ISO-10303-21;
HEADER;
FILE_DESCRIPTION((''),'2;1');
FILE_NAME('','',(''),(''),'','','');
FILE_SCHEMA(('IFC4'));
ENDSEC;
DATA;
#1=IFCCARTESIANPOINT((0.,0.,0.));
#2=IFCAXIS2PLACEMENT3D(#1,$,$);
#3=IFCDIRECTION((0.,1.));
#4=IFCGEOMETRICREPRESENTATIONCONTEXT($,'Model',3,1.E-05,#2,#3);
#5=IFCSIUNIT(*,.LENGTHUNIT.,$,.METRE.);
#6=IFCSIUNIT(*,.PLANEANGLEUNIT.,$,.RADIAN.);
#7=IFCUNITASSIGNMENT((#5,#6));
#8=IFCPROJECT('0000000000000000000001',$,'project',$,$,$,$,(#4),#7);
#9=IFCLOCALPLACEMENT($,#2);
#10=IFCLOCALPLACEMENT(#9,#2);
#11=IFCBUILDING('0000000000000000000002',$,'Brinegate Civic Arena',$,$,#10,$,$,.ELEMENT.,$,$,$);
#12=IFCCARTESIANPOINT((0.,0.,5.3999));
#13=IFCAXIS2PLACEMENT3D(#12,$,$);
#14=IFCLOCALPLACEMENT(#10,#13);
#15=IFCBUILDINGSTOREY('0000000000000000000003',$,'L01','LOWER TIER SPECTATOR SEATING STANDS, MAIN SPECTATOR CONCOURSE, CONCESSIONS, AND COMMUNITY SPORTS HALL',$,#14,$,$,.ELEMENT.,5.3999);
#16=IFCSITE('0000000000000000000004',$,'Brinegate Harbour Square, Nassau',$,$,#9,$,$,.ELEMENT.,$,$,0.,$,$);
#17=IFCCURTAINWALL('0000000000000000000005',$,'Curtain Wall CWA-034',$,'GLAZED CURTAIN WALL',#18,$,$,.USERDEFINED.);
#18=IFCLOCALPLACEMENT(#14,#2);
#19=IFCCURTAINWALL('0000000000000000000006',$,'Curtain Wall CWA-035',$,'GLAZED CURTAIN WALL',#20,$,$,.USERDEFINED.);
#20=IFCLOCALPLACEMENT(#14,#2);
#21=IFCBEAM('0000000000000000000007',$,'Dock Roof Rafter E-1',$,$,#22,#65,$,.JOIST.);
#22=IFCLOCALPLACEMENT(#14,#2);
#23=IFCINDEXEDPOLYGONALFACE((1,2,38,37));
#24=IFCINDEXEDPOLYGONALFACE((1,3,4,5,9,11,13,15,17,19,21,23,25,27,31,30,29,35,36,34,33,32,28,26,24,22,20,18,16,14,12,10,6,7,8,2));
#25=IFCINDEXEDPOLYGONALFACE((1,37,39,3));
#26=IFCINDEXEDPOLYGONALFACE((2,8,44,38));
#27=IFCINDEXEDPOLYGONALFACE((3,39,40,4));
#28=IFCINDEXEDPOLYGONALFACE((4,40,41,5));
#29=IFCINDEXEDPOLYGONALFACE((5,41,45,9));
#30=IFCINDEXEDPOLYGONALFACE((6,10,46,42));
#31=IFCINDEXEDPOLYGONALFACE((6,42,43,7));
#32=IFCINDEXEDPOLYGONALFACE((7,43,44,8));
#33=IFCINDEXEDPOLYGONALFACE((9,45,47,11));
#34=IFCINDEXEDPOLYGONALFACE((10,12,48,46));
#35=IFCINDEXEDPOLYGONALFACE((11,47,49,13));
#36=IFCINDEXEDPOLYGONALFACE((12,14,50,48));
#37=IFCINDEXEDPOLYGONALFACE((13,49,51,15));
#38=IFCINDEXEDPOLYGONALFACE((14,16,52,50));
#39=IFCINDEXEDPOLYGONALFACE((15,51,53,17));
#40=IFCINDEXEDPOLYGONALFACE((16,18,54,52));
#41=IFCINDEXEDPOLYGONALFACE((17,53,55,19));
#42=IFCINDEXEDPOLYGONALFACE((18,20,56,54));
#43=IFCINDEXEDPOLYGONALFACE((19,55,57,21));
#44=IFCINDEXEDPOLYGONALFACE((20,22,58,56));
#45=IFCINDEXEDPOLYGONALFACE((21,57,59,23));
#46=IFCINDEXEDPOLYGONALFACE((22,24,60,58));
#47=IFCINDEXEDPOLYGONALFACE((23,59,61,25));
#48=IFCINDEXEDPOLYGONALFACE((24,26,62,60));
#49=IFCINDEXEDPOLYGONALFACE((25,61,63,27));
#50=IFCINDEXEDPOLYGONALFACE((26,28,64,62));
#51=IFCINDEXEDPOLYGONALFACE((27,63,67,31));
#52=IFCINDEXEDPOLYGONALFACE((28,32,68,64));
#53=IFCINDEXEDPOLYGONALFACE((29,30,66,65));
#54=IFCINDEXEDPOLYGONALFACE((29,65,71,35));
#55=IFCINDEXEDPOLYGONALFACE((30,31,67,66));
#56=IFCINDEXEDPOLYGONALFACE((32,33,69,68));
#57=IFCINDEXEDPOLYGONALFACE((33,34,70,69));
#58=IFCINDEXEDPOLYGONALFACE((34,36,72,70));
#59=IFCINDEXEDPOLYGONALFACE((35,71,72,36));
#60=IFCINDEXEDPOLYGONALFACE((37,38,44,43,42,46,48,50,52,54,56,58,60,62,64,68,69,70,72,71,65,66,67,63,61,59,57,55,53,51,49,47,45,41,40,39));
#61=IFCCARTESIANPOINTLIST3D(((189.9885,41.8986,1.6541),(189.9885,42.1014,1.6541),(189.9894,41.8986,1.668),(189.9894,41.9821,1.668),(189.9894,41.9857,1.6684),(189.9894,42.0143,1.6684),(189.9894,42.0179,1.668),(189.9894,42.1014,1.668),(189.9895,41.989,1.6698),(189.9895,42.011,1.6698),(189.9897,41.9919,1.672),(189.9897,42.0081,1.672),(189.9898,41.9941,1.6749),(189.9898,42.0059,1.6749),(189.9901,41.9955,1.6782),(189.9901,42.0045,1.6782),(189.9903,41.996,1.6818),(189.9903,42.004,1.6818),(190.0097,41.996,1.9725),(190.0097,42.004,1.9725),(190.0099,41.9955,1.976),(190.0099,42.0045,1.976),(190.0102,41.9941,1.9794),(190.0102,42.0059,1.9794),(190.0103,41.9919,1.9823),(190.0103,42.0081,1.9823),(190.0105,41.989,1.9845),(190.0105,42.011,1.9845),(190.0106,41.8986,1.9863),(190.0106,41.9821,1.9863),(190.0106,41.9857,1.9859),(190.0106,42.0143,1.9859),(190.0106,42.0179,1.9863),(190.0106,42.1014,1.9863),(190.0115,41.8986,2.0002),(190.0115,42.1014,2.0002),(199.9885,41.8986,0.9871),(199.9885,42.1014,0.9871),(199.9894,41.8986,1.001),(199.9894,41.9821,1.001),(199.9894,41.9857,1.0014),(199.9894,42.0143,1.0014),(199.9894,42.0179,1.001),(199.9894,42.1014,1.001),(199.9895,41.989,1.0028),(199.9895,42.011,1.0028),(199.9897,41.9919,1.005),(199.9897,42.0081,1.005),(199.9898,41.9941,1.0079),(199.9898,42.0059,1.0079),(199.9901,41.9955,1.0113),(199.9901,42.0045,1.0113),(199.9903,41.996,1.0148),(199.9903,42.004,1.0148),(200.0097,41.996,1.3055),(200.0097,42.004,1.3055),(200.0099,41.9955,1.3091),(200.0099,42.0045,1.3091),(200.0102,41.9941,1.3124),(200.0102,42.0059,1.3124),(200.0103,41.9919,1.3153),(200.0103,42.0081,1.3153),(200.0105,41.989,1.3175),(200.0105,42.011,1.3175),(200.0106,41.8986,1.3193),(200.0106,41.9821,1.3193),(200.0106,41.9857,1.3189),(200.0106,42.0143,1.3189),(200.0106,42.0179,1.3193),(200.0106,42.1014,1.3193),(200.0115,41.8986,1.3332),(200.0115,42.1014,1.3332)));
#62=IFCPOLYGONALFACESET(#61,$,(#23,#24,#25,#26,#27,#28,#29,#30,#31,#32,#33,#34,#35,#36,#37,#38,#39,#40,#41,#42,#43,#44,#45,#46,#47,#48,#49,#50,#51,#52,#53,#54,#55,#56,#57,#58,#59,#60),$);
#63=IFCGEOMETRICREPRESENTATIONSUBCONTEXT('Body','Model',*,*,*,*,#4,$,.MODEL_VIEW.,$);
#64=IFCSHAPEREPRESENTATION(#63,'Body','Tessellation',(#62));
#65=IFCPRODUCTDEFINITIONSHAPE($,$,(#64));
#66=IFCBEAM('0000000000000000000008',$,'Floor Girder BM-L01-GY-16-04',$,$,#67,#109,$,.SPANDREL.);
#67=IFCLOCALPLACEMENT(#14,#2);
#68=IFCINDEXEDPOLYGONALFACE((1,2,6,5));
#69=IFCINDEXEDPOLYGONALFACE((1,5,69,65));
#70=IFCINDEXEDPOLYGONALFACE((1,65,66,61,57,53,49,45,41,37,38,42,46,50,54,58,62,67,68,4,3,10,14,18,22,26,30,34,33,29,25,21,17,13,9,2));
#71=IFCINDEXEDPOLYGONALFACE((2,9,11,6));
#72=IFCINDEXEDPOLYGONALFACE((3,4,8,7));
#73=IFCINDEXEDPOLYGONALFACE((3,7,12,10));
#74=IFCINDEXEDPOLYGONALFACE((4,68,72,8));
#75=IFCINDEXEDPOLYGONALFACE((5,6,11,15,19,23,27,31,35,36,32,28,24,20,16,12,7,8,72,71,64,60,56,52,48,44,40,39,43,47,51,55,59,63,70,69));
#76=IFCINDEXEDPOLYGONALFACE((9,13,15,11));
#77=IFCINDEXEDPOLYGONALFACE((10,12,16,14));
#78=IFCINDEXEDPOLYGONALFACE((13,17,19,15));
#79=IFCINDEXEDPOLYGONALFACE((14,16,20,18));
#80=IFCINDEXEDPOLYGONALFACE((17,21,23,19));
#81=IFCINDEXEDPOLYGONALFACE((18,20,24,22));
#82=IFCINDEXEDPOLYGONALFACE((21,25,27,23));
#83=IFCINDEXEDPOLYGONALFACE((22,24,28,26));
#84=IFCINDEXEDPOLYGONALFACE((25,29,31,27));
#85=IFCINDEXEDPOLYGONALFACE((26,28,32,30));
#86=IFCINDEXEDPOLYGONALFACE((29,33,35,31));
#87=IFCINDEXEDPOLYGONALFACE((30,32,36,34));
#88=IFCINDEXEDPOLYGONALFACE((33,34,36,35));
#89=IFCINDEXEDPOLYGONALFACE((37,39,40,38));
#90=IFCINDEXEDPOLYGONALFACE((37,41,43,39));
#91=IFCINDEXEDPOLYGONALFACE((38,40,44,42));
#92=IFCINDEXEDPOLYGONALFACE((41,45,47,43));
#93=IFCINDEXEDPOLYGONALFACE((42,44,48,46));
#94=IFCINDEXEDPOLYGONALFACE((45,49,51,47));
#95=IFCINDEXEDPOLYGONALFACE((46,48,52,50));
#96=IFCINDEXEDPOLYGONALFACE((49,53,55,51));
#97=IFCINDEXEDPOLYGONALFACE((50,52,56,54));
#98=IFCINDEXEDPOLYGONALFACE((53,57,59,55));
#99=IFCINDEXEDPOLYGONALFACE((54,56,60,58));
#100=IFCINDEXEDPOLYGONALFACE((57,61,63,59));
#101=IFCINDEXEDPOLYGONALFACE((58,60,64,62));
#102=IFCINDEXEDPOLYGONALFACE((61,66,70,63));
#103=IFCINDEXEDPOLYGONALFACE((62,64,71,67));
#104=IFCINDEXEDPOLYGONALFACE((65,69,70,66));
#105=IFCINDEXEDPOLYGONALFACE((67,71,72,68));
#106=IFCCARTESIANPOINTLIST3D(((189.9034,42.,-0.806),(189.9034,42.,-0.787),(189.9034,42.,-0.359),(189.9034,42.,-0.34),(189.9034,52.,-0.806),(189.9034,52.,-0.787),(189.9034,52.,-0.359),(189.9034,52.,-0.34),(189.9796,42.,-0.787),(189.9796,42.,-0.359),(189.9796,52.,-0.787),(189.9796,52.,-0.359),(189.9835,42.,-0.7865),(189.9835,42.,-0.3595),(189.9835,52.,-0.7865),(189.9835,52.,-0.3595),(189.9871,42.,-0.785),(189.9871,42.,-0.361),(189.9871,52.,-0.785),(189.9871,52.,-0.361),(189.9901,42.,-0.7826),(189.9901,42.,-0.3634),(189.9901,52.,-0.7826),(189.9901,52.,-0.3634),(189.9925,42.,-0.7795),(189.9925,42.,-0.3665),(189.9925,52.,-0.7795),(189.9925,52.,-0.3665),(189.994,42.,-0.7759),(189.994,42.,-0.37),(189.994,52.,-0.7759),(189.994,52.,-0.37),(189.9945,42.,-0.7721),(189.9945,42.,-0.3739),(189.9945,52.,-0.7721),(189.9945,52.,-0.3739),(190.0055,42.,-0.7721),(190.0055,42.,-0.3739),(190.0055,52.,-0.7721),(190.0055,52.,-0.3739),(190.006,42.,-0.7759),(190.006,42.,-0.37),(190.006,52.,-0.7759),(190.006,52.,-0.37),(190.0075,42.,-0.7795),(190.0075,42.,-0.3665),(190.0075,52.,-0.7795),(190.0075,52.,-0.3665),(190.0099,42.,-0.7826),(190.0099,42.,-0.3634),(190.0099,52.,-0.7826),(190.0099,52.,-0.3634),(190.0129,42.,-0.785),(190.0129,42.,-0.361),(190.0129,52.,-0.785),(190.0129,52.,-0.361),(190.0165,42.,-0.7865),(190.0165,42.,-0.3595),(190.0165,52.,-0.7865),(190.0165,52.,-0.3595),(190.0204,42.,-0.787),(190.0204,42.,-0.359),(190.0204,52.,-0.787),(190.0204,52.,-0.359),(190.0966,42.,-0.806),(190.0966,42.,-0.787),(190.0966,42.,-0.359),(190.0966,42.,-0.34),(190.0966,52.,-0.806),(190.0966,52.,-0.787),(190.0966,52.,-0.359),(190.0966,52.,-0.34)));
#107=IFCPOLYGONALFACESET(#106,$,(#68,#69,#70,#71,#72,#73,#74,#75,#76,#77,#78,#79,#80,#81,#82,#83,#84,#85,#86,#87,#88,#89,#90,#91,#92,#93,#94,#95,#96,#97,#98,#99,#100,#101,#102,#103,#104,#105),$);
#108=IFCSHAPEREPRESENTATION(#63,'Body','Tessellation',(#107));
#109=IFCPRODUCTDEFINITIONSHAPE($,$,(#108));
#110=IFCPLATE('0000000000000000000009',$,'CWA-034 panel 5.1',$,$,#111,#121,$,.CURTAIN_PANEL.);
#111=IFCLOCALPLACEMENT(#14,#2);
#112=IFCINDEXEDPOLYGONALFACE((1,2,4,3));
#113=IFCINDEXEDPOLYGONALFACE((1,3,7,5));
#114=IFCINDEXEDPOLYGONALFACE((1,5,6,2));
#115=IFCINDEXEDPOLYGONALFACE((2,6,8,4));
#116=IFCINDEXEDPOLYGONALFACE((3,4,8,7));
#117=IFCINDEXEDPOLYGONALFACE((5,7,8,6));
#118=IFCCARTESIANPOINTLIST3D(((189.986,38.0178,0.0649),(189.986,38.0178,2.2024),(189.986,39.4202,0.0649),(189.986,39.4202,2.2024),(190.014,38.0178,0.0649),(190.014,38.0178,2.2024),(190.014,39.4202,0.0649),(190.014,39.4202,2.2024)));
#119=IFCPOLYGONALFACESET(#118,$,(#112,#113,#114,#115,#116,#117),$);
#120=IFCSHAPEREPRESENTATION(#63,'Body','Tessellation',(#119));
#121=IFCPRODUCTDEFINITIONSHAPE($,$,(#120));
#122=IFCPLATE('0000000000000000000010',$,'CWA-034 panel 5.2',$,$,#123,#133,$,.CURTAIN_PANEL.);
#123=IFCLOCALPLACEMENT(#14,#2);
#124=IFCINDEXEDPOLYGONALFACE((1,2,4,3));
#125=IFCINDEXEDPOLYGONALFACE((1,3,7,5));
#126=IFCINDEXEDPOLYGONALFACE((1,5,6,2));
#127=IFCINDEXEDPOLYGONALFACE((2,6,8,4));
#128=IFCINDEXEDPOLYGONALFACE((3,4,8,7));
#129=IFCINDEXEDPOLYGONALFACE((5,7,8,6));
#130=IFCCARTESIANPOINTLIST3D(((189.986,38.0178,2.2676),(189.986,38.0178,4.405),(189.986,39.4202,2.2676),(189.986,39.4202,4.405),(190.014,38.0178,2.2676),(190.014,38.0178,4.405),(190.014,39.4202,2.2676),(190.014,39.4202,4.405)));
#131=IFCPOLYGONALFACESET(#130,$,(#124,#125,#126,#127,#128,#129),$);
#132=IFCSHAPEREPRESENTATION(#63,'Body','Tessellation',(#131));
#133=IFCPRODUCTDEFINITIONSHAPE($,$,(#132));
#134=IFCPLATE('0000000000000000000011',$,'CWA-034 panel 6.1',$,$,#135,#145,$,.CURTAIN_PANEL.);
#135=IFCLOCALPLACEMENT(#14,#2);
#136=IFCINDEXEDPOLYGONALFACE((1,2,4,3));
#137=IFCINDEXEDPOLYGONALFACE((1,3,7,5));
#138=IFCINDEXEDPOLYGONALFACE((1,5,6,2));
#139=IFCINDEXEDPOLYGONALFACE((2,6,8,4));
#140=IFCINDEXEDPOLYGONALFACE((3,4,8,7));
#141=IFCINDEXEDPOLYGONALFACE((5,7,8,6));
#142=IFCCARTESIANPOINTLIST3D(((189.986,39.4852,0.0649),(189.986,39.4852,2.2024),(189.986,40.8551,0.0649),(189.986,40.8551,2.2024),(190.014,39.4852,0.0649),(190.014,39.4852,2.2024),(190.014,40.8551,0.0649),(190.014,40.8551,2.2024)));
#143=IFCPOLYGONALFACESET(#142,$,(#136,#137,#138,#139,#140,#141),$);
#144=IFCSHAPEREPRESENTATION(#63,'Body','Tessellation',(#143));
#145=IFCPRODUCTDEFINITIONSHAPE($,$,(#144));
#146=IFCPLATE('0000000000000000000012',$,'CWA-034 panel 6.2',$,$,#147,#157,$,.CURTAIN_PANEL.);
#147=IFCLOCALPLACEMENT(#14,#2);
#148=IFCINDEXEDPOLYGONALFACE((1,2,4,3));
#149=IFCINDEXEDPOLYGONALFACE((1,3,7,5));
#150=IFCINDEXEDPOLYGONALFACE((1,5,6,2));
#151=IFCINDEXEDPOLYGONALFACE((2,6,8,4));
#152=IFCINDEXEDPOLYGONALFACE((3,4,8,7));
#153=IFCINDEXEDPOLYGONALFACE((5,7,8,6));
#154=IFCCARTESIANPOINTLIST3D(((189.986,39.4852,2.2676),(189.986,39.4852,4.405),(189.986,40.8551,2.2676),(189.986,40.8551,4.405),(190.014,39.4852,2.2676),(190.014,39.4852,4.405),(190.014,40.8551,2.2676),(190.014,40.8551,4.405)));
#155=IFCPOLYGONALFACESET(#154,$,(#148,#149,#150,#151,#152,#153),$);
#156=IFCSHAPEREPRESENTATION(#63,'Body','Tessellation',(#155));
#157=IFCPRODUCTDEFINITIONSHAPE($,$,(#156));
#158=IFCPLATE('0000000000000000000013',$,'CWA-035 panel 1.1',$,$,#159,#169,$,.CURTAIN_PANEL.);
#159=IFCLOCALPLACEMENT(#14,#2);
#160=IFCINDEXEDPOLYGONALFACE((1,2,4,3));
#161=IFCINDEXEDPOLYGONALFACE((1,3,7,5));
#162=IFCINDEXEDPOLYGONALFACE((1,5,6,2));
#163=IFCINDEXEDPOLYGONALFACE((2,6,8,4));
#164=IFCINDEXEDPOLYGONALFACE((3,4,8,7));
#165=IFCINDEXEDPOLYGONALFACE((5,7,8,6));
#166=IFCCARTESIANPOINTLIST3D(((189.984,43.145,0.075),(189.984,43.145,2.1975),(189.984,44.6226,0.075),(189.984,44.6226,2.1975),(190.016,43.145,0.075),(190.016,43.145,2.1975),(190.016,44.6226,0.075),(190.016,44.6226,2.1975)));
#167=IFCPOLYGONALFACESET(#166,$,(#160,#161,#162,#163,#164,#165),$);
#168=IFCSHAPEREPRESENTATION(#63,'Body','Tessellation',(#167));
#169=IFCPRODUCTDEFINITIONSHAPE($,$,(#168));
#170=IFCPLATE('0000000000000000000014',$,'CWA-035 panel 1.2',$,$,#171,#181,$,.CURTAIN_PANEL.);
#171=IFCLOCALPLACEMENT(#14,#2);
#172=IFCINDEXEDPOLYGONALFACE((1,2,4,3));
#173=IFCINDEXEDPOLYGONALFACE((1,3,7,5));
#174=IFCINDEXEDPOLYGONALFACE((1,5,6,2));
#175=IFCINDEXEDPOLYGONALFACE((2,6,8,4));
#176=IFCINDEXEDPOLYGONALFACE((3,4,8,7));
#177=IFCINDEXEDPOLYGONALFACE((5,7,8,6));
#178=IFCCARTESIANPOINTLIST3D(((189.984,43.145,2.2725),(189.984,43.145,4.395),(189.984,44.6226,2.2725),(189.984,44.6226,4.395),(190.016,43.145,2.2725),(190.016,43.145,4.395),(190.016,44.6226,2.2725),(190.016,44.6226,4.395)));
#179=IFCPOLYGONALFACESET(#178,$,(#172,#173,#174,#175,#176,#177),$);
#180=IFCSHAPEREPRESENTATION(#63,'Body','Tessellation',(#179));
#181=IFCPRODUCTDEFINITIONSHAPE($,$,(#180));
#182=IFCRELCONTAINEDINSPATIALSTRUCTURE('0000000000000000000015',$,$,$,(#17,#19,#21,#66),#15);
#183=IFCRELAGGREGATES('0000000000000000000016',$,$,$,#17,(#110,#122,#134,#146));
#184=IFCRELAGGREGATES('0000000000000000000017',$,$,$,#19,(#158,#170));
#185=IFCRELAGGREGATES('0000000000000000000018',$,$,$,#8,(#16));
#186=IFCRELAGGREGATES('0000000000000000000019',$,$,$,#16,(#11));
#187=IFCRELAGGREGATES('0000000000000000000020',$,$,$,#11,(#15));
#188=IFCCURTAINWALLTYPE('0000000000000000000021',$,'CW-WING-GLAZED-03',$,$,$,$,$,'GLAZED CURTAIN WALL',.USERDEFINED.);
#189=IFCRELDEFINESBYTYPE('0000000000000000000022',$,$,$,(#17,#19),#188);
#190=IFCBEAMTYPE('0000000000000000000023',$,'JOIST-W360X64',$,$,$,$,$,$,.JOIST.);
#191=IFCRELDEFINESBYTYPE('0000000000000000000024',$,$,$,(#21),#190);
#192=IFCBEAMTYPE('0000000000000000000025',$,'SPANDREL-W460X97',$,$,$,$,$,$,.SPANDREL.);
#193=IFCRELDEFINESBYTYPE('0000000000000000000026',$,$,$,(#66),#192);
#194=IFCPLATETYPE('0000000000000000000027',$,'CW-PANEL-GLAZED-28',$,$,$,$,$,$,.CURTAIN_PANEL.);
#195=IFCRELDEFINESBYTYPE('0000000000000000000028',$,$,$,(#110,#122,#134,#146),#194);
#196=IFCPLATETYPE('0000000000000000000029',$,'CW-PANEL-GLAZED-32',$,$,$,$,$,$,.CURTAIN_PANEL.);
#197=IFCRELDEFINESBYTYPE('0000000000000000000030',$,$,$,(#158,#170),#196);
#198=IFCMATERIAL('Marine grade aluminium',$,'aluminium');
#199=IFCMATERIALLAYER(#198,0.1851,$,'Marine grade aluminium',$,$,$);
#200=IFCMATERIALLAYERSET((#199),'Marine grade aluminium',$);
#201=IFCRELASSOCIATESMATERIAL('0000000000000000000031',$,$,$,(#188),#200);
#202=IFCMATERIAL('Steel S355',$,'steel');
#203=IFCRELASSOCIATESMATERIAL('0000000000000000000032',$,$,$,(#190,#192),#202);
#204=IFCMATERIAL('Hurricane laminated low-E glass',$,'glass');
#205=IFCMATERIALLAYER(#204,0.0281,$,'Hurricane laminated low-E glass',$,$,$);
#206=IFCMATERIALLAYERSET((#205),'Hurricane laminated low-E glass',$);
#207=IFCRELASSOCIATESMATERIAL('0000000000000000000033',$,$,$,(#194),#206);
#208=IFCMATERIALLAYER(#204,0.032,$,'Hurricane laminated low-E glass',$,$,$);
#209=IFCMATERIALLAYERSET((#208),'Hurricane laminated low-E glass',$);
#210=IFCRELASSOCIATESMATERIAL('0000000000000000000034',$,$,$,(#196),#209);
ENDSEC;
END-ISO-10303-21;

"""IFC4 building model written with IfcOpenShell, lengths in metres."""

from ifc_helpers import new_model, si_unit, direction, frame, origin, origin_2d, place, context, subcontext, project, spatial, rectangle, i_section, extrude, material, layer, layer_set, material_profile, profile_set, type_object, element, aggregate, save


model = new_model("IFC4")

# Units and contexts
model_context = context("Model", 3, precision=1e-05, world=origin(), true_north=direction((0.0, 1.0)))
body_context = subcontext(model_context, "Body", "Model", "MODEL_VIEW")
ifc_project = project(units=[si_unit("LENGTHUNIT", "METRE"), si_unit("PLANEANGLEUNIT", "RADIAN")], contexts=[model_context])

# Site, building, storey
site_placement = place(None, origin())
site = spatial("IfcSite", under=ifc_project, at=site_placement, Name="Brinegate Harbour Square, Nassau", CompositionType="ELEMENT", RefElevation=0.0)
building_placement = place(site_placement, origin())
building = spatial("IfcBuilding", under=site, at=building_placement, Name="Brinegate Civic Arena", CompositionType="ELEMENT")
storey_placement = place(building_placement, frame((0.0, 0.0, 5.3999)))
storey = spatial("IfcBuildingStorey", under=building, at=storey_placement, Name="L01", Description="LOWER TIER SPECTATOR SEATING STANDS, MAIN SPECTATOR CONCOURSE, CONCESSIONS, AND COMMUNITY SPORTS HALL", CompositionType="ELEMENT", Elevation=5.3999)

# Curtain walls
ifc_material_1 = material(Name="Marine grade aluminium", Category="aluminium")
ifc_layer_1 = layer(ifc_material_1, 0.1851, Name="Marine grade aluminium")
ifc_layer_set_1 = layer_set([ifc_layer_1], Name="Marine grade aluminium")
curtain_wall_type = type_object("IfcCurtainWallType", Name="CW-WING-GLAZED-03", ElementType="GLAZED CURTAIN WALL", PredefinedType="USERDEFINED", material=ifc_layer_set_1)
curtain_wall_1_placement = place(storey_placement, origin())
curtain_wall_1 = element("IfcCurtainWall", 1, at=curtain_wall_1_placement, inside=storey, type_object=curtain_wall_type, Name="Curtain Wall CWA-034", ObjectType="GLAZED CURTAIN WALL", PredefinedType="USERDEFINED")
curtain_wall_2_placement = place(storey_placement, origin())
curtain_wall_2 = element("IfcCurtainWall", 2, at=curtain_wall_2_placement, inside=storey, type_object=curtain_wall_type, Name="Curtain Wall CWA-035", ObjectType="GLAZED CURTAIN WALL", PredefinedType="USERDEFINED")

# Beams
ifc_material_2 = material(Name="Steel S355", Category="steel")
ifc_material_profile_1 = material_profile(ifc_material_2, i_section(OverallWidth=0.2029, OverallDepth=0.3469, WebThickness=0.0081, FlangeThickness=0.0139, FilletRadius=0.0139, at=origin_2d()), Name="W360X64")
ifc_profile_set_1 = profile_set([ifc_material_profile_1], Name="Steel S355")
beam_type_1 = type_object("IfcBeamType", Name="JOIST-W360X64", PredefinedType="JOIST", material=ifc_profile_set_1)
beam_1_placement = place(storey_placement, frame((190.0, 42.0, 1.8271), z_axis=(0.997783, 0.0, -0.066551), x_axis=(0.0, 1.0, 0.0)))
element("IfcBeam", 3, at=beam_1_placement, inside=storey, type_object=beam_type_1, Name="Dock Roof Rafter E-1", PredefinedType="JOIST", context=body_context, shape_type="SweptSolid", body=[
    extrude(i_section(OverallWidth=0.2029, OverallDepth=0.3469, WebThickness=0.0081, FlangeThickness=0.0139, FilletRadius=0.0139, at=origin_2d()), origin(), (0.0, 0.0, 1.0), 10.0222),
])
ifc_material_profile_2 = material_profile(ifc_material_2, i_section(OverallWidth=0.1931, OverallDepth=0.4661, WebThickness=0.011, FlangeThickness=0.019, FilletRadius=0.0149, at=origin_2d()), Name="W460X97")
ifc_profile_set_2 = profile_set([ifc_material_profile_2], Name="Steel S355")
beam_type_2 = type_object("IfcBeamType", Name="SPANDREL-W460X97", PredefinedType="SPANDREL", material=ifc_profile_set_2)
beam_2_placement = place(storey_placement, frame((190.0, 42.0, -0.573), z_axis=(0.0, 1.0, 0.0), x_axis=(-1.0, 0.0, 0.0)))
element("IfcBeam", 4, at=beam_2_placement, inside=storey, type_object=beam_type_2, Name="Floor Girder BM-L01-GY-16-04", PredefinedType="SPANDREL", context=body_context, shape_type="SweptSolid", body=[
    extrude(i_section(OverallWidth=0.1931, OverallDepth=0.4661, WebThickness=0.011, FlangeThickness=0.019, FilletRadius=0.0149, at=origin_2d()), origin(), (0.0, 0.0, 1.0), 10.0),
])

# Plates
ifc_material_3 = material(Name="Hurricane laminated low-E glass", Category="glass")
ifc_layer_2 = layer(ifc_material_3, 0.0281, Name="Hurricane laminated low-E glass")
ifc_layer_set_2 = layer_set([ifc_layer_2], Name="Hurricane laminated low-E glass")
plate_type_1 = type_object("IfcPlateType", Name="CW-PANEL-GLAZED-28", PredefinedType="CURTAIN_PANEL", material=ifc_layer_set_2)
plate_1_placement = place(storey_placement, frame((190.0, 38.719, 0.0649), z_axis=(0.0, 0.0, 1.0), x_axis=(0.0, 1.0, 0.0)))
plate_1 = element("IfcPlate", 5, at=plate_1_placement, type_object=plate_type_1, Name="CWA-034 panel 5.1", PredefinedType="CURTAIN_PANEL", context=body_context, shape_type="SweptSolid", body=[
    extrude(rectangle(XDim=1.4023, YDim=0.0281, at=origin_2d()), origin(), (0.0, 0.0, 1.0), 2.1375),
])
plate_2_placement = place(storey_placement, frame((190.0, 38.719, 2.2676), z_axis=(0.0, 0.0, 1.0), x_axis=(0.0, 1.0, 0.0)))
plate_2 = element("IfcPlate", 6, at=plate_2_placement, type_object=plate_type_1, Name="CWA-034 panel 5.2", PredefinedType="CURTAIN_PANEL", context=body_context, shape_type="SweptSolid", body=[
    extrude(rectangle(XDim=1.4023, YDim=0.0281, at=origin_2d()), origin(), (0.0, 0.0, 1.0), 2.1375),
])
plate_3_placement = place(storey_placement, frame((190.0, 40.1702, 0.0649), z_axis=(0.0, 0.0, 1.0), x_axis=(0.0, 1.0, 0.0)))
plate_3 = element("IfcPlate", 7, at=plate_3_placement, type_object=plate_type_1, Name="CWA-034 panel 6.1", PredefinedType="CURTAIN_PANEL", context=body_context, shape_type="SweptSolid", body=[
    extrude(rectangle(XDim=1.3699, YDim=0.0281, at=origin_2d()), origin(), (0.0, 0.0, 1.0), 2.1375),
])
plate_4_placement = place(storey_placement, frame((190.0, 40.1702, 2.2676), z_axis=(0.0, 0.0, 1.0), x_axis=(0.0, 1.0, 0.0)))
plate_4 = element("IfcPlate", 8, at=plate_4_placement, type_object=plate_type_1, Name="CWA-034 panel 6.2", PredefinedType="CURTAIN_PANEL", context=body_context, shape_type="SweptSolid", body=[
    extrude(rectangle(XDim=1.3699, YDim=0.0281, at=origin_2d()), origin(), (0.0, 0.0, 1.0), 2.1375),
])
aggregate(curtain_wall_1, [plate_1, plate_2, plate_3, plate_4])
ifc_layer_3 = layer(ifc_material_3, 0.032, Name="Hurricane laminated low-E glass")
ifc_layer_set_3 = layer_set([ifc_layer_3], Name="Hurricane laminated low-E glass")
plate_type_2 = type_object("IfcPlateType", Name="CW-PANEL-GLAZED-32", PredefinedType="CURTAIN_PANEL", material=ifc_layer_set_3)
plate_5_placement = place(storey_placement, frame((190.0, 43.8838, 0.075), z_axis=(0.0, 0.0, 1.0), x_axis=(0.0, 1.0, 0.0)))
plate_5 = element("IfcPlate", 9, at=plate_5_placement, type_object=plate_type_2, Name="CWA-035 panel 1.1", PredefinedType="CURTAIN_PANEL", context=body_context, shape_type="SweptSolid", body=[
    extrude(rectangle(XDim=1.4775, YDim=0.032, at=origin_2d()), origin(), (0.0, 0.0, 1.0), 2.1226),
])
plate_6_placement = place(storey_placement, frame((190.0, 43.8838, 2.2725), z_axis=(0.0, 0.0, 1.0), x_axis=(0.0, 1.0, 0.0)))
plate_6 = element("IfcPlate", 10, at=plate_6_placement, type_object=plate_type_2, Name="CWA-035 panel 1.2", PredefinedType="CURTAIN_PANEL", context=body_context, shape_type="SweptSolid", body=[
    extrude(rectangle(XDim=1.4775, YDim=0.032, at=origin_2d()), origin(), (0.0, 0.0, 1.0), 2.1226),
])
aggregate(curtain_wall_2, [plate_5, plate_6])

save(model, "model.ifc")
